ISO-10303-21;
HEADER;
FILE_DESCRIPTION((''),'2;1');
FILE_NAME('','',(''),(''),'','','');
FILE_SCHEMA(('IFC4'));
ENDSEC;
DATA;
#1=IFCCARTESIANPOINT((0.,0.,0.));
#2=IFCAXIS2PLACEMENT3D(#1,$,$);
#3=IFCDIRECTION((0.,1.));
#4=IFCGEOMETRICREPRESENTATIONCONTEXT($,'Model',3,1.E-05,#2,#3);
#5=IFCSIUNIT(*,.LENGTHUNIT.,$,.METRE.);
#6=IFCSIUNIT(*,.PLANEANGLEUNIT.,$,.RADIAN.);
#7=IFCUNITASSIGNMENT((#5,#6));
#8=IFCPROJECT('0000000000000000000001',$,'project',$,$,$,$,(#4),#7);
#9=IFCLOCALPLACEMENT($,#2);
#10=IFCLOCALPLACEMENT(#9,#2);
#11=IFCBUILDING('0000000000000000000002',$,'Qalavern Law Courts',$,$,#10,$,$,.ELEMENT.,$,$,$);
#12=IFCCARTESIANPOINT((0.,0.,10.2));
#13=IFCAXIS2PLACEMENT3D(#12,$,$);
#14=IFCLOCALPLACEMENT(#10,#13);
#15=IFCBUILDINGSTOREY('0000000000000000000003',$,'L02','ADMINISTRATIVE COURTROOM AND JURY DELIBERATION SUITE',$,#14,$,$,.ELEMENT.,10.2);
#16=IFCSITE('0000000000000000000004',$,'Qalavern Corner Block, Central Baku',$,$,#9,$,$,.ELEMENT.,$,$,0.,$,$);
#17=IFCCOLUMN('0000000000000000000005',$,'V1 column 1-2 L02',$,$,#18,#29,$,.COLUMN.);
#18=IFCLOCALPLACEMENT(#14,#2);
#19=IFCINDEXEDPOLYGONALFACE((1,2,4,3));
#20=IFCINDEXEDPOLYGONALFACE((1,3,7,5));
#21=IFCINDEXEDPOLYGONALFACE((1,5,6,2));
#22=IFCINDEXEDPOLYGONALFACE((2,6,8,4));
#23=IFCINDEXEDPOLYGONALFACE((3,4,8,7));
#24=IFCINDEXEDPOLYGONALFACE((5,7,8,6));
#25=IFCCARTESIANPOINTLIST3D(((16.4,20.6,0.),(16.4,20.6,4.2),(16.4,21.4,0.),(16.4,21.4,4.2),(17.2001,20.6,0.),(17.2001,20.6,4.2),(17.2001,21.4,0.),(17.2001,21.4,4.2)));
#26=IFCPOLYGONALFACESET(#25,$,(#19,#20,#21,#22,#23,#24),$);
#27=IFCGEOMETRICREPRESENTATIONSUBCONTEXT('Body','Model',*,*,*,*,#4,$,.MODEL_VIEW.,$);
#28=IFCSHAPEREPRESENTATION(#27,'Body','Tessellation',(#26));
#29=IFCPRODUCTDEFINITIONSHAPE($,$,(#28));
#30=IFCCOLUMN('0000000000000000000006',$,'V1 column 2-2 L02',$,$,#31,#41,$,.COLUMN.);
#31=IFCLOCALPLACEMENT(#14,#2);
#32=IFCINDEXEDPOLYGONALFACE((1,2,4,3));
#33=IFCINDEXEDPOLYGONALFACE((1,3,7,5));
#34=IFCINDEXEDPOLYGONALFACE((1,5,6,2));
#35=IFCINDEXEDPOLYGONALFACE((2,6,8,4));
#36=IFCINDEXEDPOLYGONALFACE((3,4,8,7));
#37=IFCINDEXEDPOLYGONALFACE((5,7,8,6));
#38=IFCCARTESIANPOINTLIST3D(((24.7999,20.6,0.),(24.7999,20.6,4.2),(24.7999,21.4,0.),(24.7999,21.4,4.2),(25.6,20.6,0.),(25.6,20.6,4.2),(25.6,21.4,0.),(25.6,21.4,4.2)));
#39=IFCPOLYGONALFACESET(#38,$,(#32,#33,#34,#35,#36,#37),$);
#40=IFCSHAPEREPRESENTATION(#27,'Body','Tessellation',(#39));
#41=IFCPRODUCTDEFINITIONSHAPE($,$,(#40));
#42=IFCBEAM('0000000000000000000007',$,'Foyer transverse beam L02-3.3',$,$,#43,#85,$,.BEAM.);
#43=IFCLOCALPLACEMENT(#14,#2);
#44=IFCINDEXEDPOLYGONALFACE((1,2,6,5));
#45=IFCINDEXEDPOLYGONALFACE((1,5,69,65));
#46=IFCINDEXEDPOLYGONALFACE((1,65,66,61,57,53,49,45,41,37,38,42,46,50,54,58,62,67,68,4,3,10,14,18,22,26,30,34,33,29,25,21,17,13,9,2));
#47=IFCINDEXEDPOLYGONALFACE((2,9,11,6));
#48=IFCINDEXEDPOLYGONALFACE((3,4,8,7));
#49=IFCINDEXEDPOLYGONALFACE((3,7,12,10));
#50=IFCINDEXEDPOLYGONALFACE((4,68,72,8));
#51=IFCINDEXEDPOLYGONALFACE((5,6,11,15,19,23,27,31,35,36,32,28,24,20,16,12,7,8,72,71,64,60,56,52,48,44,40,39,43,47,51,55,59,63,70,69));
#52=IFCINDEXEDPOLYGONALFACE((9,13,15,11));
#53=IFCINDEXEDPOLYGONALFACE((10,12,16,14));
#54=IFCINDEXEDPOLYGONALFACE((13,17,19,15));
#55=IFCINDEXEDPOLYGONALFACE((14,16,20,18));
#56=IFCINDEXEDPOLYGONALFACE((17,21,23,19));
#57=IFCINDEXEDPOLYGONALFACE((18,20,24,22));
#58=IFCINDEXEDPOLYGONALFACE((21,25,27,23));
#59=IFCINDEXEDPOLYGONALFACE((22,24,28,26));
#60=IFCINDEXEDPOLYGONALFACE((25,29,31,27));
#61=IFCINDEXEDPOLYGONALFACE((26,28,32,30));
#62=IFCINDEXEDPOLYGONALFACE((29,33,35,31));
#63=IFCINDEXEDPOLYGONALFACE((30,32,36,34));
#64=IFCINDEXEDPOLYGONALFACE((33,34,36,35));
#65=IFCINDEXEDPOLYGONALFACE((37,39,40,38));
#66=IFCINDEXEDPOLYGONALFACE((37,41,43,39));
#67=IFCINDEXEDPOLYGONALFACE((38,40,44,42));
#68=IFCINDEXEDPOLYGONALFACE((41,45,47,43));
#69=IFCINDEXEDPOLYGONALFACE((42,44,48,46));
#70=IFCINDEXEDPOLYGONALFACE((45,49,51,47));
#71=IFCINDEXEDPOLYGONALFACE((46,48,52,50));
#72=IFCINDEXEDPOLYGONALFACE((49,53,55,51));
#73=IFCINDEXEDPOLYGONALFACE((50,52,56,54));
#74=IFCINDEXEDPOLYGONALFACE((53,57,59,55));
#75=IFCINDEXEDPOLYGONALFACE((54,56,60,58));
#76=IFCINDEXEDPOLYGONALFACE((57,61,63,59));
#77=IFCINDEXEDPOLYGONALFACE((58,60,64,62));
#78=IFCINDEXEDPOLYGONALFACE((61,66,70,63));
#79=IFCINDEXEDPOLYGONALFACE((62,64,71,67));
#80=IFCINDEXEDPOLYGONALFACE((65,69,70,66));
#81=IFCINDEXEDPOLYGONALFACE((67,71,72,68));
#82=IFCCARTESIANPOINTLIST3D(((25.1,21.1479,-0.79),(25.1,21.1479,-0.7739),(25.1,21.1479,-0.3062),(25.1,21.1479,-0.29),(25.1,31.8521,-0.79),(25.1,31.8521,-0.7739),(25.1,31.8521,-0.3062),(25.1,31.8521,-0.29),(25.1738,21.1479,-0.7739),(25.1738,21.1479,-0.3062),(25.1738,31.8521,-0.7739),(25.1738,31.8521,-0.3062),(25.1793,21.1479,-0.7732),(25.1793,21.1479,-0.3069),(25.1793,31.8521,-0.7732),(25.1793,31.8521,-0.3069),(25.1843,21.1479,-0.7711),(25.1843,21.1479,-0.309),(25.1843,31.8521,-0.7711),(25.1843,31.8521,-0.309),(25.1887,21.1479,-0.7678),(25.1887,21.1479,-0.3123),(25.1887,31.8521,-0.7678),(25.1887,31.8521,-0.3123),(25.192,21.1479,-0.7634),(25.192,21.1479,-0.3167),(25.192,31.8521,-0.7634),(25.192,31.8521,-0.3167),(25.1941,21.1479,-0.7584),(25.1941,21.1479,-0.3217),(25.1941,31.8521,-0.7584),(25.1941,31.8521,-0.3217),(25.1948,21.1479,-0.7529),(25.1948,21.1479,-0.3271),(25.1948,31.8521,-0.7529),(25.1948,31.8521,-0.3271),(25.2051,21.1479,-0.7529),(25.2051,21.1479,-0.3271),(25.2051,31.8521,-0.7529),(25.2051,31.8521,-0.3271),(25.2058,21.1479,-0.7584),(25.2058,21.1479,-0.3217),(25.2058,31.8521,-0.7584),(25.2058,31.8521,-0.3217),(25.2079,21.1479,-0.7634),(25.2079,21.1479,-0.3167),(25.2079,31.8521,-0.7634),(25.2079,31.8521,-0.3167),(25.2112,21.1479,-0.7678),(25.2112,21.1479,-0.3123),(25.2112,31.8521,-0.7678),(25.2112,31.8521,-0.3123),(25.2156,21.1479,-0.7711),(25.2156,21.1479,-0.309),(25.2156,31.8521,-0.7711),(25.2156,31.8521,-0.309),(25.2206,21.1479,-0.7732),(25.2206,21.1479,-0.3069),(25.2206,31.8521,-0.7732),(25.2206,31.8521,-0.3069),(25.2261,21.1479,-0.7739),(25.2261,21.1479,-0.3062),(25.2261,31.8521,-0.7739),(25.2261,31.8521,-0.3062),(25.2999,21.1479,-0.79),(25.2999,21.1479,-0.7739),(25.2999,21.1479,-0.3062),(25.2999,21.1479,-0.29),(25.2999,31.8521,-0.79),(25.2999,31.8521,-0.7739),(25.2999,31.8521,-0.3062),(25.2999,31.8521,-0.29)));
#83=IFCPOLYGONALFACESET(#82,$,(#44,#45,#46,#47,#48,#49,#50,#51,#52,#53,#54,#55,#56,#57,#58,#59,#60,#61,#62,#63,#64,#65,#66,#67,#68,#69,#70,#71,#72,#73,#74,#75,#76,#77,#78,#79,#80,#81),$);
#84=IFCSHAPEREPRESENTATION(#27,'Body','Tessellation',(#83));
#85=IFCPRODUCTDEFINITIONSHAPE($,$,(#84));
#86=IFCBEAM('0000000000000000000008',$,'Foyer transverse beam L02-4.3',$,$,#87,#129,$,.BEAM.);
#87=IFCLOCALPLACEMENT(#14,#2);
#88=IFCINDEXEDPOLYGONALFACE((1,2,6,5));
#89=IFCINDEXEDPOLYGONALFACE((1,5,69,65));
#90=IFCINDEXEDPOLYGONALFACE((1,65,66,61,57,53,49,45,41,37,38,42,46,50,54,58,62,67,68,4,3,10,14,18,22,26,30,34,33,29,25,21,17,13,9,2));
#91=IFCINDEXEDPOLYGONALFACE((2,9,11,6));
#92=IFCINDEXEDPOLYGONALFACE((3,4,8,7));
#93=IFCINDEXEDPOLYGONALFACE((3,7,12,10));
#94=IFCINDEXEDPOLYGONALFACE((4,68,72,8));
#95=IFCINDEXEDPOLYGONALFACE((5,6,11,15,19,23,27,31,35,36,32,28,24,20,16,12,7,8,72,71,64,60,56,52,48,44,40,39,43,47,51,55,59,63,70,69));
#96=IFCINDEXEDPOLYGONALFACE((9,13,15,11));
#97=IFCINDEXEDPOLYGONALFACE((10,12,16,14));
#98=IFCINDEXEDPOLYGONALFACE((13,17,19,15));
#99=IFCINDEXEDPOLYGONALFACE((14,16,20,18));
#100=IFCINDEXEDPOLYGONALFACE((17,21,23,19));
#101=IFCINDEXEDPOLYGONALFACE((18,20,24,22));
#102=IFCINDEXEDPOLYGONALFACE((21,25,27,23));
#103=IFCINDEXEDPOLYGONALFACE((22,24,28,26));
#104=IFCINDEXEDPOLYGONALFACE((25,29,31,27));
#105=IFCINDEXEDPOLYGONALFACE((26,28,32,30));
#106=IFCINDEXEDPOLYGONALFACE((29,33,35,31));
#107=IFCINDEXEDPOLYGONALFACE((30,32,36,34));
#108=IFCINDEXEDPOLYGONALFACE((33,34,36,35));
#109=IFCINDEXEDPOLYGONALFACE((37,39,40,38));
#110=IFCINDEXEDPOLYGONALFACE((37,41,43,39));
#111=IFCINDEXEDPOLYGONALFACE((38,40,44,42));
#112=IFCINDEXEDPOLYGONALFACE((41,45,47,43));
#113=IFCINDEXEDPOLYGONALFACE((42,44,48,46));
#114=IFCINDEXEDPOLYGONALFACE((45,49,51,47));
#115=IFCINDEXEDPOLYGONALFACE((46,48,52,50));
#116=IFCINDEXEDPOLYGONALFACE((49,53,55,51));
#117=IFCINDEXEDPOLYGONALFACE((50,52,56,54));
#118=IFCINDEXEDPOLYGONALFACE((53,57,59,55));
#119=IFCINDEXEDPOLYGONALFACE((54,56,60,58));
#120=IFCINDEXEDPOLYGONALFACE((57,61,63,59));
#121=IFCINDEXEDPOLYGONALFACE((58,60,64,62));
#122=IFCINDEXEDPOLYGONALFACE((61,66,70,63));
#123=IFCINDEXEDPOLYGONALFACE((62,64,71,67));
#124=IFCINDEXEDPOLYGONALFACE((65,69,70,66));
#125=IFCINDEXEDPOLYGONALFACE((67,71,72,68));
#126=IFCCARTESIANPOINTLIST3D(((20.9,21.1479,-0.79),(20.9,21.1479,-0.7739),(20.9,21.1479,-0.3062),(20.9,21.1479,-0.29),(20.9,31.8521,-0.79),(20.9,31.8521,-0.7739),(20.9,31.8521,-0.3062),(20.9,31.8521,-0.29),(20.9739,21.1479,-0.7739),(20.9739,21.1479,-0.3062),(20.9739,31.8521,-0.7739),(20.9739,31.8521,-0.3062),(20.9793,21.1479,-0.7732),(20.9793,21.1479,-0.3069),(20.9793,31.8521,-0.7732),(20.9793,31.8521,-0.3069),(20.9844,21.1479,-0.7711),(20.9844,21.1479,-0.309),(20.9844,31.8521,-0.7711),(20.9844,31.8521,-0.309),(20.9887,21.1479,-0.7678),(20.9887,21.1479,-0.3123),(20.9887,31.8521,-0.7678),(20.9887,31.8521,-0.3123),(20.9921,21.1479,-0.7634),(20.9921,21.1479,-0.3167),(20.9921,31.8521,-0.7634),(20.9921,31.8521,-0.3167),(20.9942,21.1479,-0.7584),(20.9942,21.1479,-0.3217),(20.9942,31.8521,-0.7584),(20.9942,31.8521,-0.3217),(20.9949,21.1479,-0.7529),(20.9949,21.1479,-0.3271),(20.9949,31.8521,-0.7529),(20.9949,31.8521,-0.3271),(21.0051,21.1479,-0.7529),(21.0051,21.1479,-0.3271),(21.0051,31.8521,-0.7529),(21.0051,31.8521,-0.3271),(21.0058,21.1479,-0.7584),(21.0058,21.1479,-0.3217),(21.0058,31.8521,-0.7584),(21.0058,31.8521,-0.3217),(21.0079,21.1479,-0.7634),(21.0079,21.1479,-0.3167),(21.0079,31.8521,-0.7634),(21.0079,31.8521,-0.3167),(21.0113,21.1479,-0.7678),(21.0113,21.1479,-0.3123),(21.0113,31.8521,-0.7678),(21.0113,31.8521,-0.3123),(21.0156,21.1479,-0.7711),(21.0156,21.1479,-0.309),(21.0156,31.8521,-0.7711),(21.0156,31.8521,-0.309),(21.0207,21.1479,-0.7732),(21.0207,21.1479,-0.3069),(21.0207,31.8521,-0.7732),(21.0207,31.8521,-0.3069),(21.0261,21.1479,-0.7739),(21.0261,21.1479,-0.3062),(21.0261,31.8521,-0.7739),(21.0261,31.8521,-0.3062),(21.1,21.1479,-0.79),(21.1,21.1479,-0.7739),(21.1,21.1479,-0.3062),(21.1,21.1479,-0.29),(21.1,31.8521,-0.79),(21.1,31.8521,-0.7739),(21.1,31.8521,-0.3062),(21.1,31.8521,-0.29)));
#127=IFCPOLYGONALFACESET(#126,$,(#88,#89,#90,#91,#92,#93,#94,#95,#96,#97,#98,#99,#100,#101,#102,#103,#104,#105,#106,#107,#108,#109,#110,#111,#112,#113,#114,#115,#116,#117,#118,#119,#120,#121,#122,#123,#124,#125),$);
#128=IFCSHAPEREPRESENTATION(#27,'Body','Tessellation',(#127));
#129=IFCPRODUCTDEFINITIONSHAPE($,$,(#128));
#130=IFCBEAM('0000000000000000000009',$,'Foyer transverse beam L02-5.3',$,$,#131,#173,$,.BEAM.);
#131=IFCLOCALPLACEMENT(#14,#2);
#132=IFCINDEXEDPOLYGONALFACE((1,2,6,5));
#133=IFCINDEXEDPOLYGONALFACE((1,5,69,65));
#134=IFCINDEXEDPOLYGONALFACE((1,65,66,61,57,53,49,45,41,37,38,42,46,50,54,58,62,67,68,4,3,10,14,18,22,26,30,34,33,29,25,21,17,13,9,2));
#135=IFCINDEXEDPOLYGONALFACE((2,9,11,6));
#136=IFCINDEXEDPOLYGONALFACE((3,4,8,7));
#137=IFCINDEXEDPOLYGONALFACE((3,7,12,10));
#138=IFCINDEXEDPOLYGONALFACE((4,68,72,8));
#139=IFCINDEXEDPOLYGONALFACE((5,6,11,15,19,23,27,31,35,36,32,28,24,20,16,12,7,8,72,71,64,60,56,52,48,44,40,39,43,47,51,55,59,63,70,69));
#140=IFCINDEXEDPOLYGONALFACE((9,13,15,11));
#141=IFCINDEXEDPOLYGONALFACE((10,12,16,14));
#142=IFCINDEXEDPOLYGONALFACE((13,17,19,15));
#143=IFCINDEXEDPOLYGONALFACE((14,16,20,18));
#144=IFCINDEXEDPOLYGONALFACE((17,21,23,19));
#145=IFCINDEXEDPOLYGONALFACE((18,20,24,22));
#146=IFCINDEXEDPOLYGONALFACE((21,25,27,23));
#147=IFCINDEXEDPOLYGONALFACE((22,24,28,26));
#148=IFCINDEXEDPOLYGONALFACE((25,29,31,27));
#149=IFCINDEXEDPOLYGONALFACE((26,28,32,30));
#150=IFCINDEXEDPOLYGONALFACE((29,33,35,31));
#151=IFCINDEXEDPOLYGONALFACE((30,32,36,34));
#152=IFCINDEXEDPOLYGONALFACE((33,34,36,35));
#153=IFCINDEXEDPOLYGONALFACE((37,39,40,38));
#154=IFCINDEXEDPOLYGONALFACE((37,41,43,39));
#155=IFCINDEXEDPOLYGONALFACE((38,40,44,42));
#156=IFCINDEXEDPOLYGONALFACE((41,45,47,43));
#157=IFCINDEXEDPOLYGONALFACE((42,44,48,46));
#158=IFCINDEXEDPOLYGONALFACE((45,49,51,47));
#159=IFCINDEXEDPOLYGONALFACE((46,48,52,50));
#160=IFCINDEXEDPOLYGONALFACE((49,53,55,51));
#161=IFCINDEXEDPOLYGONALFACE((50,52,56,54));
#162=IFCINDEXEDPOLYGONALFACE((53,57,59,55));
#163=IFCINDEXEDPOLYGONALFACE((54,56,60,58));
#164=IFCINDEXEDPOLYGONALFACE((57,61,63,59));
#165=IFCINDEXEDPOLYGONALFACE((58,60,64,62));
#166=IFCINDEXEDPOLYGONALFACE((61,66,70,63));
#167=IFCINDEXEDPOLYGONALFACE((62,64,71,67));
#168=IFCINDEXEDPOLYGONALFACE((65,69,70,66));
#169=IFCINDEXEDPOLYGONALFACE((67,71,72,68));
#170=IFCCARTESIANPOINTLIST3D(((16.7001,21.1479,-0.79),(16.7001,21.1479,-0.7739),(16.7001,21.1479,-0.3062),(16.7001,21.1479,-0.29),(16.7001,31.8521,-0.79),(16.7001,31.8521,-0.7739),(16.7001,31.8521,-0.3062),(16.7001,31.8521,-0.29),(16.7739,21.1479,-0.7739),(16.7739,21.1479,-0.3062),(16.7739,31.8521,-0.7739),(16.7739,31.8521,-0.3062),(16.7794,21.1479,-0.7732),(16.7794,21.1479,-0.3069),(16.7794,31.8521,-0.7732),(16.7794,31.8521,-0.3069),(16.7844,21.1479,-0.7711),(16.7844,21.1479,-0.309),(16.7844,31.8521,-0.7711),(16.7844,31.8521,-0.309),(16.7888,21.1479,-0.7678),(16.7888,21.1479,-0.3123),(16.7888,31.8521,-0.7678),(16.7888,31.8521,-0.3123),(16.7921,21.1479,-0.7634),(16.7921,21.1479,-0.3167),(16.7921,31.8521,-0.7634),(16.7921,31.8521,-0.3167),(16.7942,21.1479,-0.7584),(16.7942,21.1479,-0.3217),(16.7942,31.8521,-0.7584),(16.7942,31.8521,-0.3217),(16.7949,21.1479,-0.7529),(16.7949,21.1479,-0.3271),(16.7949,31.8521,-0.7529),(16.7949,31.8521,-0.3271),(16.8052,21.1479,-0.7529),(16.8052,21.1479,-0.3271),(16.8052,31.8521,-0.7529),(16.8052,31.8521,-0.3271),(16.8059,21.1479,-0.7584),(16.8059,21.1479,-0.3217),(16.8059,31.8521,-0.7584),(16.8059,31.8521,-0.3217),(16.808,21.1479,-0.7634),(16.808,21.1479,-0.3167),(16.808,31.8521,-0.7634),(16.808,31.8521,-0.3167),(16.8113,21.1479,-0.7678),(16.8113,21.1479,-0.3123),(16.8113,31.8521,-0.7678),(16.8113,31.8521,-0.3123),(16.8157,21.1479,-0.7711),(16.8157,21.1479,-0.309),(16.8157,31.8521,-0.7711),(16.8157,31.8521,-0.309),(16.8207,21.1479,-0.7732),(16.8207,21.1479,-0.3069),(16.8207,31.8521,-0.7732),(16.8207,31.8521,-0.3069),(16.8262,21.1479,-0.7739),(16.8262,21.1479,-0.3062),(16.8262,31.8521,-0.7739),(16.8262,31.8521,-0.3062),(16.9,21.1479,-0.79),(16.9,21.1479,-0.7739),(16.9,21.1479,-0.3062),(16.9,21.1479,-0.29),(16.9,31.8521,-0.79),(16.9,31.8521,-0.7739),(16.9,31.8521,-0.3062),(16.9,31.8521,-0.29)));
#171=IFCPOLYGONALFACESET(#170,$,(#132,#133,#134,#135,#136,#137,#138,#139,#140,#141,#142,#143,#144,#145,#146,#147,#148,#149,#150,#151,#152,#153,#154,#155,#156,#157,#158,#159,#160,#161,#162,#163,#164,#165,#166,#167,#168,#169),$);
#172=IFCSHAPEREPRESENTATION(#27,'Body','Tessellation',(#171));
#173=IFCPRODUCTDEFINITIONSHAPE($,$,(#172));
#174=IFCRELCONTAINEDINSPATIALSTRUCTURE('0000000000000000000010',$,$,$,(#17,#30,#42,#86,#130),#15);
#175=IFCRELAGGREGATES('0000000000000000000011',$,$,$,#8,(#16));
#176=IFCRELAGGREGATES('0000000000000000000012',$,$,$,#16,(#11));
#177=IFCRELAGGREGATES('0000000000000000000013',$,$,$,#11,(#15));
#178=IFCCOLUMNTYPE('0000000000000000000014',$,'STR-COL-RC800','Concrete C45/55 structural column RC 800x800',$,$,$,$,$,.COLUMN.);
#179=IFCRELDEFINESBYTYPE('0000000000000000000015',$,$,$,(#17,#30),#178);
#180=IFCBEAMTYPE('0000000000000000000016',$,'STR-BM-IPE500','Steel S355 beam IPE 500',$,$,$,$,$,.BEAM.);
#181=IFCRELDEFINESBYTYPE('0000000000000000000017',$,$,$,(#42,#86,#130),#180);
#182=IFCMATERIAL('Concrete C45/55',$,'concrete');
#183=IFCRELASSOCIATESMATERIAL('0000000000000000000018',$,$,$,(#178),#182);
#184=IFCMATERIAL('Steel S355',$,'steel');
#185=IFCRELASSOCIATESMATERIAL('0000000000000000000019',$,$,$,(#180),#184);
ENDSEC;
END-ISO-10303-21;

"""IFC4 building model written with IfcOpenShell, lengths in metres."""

from ifc_helpers import new_model, si_unit, direction, frame, origin, origin_2d, place, context, subcontext, project, spatial, rectangle, i_section, extrude, material, material_profile, profile_set, type_object, element, save


model = new_model("IFC4")

# Units and contexts
model_context = context("Model", 3, precision=1e-05, world=origin(), true_north=direction((0.0, 1.0)))
body_context = subcontext(model_context, "Body", "Model", "MODEL_VIEW")
ifc_project = project(units=[si_unit("LENGTHUNIT", "METRE"), si_unit("PLANEANGLEUNIT", "RADIAN")], contexts=[model_context])

# Site, building, storey
site_placement = place(None, origin())
site = spatial("IfcSite", under=ifc_project, at=site_placement, Name="Qalavern Corner Block, Central Baku", CompositionType="ELEMENT", RefElevation=0.0)
building_placement = place(site_placement, origin())
building = spatial("IfcBuilding", under=site, at=building_placement, Name="Qalavern Law Courts", CompositionType="ELEMENT")
storey_placement = place(building_placement, frame((0.0, 0.0, 10.2)))
storey = spatial("IfcBuildingStorey", under=building, at=storey_placement, Name="L02", Description="ADMINISTRATIVE COURTROOM AND JURY DELIBERATION SUITE", CompositionType="ELEMENT", Elevation=10.2)

# Columns
ifc_material_1 = material(Name="Concrete C45/55", Category="concrete")
ifc_material_profile_1 = material_profile(ifc_material_1, rectangle(XDim=0.8, YDim=0.8, at=origin_2d()), Name="RC 800x800")
ifc_profile_set_1 = profile_set([ifc_material_profile_1], Name="Concrete C45/55")
column_type = type_object("IfcColumnType", Name="STR-COL-RC800", Description="Concrete C45/55 structural column RC 800x800", PredefinedType="COLUMN", material=ifc_profile_set_1)
for number, where, z_axis, x_axis, name in (
    (1, (16.8, 21.0, 0.0), (0.0, 0.0, 1.0), (1.0, 0.0, 0.0), "V1 column 1-2 L02"),
    (2, (25.2, 21.0, 0.0), (0.0, 0.0, 1.0), (1.0, 0.0, 0.0), "V1 column 2-2 L02"),
):
    element("IfcColumn", number, at=place(storey_placement, frame(where, z_axis=z_axis, x_axis=x_axis)), inside=storey, type_object=column_type, Name=name, PredefinedType="COLUMN", context=body_context, shape_type="SweptSolid", body=[
        extrude(rectangle(XDim=0.8, YDim=0.8, at=origin_2d()), origin(), (0.0, 0.0, 1.0), 4.2),
    ])

# Beams
ifc_material_2 = material(Name="Steel S355", Category="steel")
ifc_material_profile_2 = material_profile(ifc_material_2, i_section(OverallWidth=0.2, OverallDepth=0.5, WebThickness=0.0103, FlangeThickness=0.0161, FilletRadius=0.021, at=origin_2d()), Name="IPE 500")
ifc_profile_set_2 = profile_set([ifc_material_profile_2], Name="Steel S355")
beam_type_1 = type_object("IfcBeamType", Name="STR-BM-IPE500", Description="Steel S355 beam IPE 500", PredefinedType="BEAM", material=ifc_profile_set_2)
for number, where, z_axis, x_axis, name in (
    (3, (25.2, 21.1479, -0.54), (0.0, 1.0, 0.0), (-1.0, 0.0, 0.0), "Foyer transverse beam L02-3.3"),
    (4, (21.0, 21.1479, -0.54), (0.0, 1.0, 0.0), (-1.0, 0.0, 0.0), "Foyer transverse beam L02-4.3"),
    (5, (16.8, 21.1479, -0.54), (0.0, 1.0, 0.0), (-1.0, 0.0, 0.0), "Foyer transverse beam L02-5.3"),
):
    element("IfcBeam", number, at=place(storey_placement, frame(where, z_axis=z_axis, x_axis=x_axis)), inside=storey, type_object=beam_type_1, Name=name, PredefinedType="BEAM", context=body_context, shape_type="SweptSolid", body=[
        extrude(i_section(OverallWidth=0.2, OverallDepth=0.5, WebThickness=0.0103, FlangeThickness=0.0161, FilletRadius=0.021, at=origin_2d()), origin(), (0.0, 0.0, 1.0), 10.7041),
    ])

save(model, "model.ifc")
